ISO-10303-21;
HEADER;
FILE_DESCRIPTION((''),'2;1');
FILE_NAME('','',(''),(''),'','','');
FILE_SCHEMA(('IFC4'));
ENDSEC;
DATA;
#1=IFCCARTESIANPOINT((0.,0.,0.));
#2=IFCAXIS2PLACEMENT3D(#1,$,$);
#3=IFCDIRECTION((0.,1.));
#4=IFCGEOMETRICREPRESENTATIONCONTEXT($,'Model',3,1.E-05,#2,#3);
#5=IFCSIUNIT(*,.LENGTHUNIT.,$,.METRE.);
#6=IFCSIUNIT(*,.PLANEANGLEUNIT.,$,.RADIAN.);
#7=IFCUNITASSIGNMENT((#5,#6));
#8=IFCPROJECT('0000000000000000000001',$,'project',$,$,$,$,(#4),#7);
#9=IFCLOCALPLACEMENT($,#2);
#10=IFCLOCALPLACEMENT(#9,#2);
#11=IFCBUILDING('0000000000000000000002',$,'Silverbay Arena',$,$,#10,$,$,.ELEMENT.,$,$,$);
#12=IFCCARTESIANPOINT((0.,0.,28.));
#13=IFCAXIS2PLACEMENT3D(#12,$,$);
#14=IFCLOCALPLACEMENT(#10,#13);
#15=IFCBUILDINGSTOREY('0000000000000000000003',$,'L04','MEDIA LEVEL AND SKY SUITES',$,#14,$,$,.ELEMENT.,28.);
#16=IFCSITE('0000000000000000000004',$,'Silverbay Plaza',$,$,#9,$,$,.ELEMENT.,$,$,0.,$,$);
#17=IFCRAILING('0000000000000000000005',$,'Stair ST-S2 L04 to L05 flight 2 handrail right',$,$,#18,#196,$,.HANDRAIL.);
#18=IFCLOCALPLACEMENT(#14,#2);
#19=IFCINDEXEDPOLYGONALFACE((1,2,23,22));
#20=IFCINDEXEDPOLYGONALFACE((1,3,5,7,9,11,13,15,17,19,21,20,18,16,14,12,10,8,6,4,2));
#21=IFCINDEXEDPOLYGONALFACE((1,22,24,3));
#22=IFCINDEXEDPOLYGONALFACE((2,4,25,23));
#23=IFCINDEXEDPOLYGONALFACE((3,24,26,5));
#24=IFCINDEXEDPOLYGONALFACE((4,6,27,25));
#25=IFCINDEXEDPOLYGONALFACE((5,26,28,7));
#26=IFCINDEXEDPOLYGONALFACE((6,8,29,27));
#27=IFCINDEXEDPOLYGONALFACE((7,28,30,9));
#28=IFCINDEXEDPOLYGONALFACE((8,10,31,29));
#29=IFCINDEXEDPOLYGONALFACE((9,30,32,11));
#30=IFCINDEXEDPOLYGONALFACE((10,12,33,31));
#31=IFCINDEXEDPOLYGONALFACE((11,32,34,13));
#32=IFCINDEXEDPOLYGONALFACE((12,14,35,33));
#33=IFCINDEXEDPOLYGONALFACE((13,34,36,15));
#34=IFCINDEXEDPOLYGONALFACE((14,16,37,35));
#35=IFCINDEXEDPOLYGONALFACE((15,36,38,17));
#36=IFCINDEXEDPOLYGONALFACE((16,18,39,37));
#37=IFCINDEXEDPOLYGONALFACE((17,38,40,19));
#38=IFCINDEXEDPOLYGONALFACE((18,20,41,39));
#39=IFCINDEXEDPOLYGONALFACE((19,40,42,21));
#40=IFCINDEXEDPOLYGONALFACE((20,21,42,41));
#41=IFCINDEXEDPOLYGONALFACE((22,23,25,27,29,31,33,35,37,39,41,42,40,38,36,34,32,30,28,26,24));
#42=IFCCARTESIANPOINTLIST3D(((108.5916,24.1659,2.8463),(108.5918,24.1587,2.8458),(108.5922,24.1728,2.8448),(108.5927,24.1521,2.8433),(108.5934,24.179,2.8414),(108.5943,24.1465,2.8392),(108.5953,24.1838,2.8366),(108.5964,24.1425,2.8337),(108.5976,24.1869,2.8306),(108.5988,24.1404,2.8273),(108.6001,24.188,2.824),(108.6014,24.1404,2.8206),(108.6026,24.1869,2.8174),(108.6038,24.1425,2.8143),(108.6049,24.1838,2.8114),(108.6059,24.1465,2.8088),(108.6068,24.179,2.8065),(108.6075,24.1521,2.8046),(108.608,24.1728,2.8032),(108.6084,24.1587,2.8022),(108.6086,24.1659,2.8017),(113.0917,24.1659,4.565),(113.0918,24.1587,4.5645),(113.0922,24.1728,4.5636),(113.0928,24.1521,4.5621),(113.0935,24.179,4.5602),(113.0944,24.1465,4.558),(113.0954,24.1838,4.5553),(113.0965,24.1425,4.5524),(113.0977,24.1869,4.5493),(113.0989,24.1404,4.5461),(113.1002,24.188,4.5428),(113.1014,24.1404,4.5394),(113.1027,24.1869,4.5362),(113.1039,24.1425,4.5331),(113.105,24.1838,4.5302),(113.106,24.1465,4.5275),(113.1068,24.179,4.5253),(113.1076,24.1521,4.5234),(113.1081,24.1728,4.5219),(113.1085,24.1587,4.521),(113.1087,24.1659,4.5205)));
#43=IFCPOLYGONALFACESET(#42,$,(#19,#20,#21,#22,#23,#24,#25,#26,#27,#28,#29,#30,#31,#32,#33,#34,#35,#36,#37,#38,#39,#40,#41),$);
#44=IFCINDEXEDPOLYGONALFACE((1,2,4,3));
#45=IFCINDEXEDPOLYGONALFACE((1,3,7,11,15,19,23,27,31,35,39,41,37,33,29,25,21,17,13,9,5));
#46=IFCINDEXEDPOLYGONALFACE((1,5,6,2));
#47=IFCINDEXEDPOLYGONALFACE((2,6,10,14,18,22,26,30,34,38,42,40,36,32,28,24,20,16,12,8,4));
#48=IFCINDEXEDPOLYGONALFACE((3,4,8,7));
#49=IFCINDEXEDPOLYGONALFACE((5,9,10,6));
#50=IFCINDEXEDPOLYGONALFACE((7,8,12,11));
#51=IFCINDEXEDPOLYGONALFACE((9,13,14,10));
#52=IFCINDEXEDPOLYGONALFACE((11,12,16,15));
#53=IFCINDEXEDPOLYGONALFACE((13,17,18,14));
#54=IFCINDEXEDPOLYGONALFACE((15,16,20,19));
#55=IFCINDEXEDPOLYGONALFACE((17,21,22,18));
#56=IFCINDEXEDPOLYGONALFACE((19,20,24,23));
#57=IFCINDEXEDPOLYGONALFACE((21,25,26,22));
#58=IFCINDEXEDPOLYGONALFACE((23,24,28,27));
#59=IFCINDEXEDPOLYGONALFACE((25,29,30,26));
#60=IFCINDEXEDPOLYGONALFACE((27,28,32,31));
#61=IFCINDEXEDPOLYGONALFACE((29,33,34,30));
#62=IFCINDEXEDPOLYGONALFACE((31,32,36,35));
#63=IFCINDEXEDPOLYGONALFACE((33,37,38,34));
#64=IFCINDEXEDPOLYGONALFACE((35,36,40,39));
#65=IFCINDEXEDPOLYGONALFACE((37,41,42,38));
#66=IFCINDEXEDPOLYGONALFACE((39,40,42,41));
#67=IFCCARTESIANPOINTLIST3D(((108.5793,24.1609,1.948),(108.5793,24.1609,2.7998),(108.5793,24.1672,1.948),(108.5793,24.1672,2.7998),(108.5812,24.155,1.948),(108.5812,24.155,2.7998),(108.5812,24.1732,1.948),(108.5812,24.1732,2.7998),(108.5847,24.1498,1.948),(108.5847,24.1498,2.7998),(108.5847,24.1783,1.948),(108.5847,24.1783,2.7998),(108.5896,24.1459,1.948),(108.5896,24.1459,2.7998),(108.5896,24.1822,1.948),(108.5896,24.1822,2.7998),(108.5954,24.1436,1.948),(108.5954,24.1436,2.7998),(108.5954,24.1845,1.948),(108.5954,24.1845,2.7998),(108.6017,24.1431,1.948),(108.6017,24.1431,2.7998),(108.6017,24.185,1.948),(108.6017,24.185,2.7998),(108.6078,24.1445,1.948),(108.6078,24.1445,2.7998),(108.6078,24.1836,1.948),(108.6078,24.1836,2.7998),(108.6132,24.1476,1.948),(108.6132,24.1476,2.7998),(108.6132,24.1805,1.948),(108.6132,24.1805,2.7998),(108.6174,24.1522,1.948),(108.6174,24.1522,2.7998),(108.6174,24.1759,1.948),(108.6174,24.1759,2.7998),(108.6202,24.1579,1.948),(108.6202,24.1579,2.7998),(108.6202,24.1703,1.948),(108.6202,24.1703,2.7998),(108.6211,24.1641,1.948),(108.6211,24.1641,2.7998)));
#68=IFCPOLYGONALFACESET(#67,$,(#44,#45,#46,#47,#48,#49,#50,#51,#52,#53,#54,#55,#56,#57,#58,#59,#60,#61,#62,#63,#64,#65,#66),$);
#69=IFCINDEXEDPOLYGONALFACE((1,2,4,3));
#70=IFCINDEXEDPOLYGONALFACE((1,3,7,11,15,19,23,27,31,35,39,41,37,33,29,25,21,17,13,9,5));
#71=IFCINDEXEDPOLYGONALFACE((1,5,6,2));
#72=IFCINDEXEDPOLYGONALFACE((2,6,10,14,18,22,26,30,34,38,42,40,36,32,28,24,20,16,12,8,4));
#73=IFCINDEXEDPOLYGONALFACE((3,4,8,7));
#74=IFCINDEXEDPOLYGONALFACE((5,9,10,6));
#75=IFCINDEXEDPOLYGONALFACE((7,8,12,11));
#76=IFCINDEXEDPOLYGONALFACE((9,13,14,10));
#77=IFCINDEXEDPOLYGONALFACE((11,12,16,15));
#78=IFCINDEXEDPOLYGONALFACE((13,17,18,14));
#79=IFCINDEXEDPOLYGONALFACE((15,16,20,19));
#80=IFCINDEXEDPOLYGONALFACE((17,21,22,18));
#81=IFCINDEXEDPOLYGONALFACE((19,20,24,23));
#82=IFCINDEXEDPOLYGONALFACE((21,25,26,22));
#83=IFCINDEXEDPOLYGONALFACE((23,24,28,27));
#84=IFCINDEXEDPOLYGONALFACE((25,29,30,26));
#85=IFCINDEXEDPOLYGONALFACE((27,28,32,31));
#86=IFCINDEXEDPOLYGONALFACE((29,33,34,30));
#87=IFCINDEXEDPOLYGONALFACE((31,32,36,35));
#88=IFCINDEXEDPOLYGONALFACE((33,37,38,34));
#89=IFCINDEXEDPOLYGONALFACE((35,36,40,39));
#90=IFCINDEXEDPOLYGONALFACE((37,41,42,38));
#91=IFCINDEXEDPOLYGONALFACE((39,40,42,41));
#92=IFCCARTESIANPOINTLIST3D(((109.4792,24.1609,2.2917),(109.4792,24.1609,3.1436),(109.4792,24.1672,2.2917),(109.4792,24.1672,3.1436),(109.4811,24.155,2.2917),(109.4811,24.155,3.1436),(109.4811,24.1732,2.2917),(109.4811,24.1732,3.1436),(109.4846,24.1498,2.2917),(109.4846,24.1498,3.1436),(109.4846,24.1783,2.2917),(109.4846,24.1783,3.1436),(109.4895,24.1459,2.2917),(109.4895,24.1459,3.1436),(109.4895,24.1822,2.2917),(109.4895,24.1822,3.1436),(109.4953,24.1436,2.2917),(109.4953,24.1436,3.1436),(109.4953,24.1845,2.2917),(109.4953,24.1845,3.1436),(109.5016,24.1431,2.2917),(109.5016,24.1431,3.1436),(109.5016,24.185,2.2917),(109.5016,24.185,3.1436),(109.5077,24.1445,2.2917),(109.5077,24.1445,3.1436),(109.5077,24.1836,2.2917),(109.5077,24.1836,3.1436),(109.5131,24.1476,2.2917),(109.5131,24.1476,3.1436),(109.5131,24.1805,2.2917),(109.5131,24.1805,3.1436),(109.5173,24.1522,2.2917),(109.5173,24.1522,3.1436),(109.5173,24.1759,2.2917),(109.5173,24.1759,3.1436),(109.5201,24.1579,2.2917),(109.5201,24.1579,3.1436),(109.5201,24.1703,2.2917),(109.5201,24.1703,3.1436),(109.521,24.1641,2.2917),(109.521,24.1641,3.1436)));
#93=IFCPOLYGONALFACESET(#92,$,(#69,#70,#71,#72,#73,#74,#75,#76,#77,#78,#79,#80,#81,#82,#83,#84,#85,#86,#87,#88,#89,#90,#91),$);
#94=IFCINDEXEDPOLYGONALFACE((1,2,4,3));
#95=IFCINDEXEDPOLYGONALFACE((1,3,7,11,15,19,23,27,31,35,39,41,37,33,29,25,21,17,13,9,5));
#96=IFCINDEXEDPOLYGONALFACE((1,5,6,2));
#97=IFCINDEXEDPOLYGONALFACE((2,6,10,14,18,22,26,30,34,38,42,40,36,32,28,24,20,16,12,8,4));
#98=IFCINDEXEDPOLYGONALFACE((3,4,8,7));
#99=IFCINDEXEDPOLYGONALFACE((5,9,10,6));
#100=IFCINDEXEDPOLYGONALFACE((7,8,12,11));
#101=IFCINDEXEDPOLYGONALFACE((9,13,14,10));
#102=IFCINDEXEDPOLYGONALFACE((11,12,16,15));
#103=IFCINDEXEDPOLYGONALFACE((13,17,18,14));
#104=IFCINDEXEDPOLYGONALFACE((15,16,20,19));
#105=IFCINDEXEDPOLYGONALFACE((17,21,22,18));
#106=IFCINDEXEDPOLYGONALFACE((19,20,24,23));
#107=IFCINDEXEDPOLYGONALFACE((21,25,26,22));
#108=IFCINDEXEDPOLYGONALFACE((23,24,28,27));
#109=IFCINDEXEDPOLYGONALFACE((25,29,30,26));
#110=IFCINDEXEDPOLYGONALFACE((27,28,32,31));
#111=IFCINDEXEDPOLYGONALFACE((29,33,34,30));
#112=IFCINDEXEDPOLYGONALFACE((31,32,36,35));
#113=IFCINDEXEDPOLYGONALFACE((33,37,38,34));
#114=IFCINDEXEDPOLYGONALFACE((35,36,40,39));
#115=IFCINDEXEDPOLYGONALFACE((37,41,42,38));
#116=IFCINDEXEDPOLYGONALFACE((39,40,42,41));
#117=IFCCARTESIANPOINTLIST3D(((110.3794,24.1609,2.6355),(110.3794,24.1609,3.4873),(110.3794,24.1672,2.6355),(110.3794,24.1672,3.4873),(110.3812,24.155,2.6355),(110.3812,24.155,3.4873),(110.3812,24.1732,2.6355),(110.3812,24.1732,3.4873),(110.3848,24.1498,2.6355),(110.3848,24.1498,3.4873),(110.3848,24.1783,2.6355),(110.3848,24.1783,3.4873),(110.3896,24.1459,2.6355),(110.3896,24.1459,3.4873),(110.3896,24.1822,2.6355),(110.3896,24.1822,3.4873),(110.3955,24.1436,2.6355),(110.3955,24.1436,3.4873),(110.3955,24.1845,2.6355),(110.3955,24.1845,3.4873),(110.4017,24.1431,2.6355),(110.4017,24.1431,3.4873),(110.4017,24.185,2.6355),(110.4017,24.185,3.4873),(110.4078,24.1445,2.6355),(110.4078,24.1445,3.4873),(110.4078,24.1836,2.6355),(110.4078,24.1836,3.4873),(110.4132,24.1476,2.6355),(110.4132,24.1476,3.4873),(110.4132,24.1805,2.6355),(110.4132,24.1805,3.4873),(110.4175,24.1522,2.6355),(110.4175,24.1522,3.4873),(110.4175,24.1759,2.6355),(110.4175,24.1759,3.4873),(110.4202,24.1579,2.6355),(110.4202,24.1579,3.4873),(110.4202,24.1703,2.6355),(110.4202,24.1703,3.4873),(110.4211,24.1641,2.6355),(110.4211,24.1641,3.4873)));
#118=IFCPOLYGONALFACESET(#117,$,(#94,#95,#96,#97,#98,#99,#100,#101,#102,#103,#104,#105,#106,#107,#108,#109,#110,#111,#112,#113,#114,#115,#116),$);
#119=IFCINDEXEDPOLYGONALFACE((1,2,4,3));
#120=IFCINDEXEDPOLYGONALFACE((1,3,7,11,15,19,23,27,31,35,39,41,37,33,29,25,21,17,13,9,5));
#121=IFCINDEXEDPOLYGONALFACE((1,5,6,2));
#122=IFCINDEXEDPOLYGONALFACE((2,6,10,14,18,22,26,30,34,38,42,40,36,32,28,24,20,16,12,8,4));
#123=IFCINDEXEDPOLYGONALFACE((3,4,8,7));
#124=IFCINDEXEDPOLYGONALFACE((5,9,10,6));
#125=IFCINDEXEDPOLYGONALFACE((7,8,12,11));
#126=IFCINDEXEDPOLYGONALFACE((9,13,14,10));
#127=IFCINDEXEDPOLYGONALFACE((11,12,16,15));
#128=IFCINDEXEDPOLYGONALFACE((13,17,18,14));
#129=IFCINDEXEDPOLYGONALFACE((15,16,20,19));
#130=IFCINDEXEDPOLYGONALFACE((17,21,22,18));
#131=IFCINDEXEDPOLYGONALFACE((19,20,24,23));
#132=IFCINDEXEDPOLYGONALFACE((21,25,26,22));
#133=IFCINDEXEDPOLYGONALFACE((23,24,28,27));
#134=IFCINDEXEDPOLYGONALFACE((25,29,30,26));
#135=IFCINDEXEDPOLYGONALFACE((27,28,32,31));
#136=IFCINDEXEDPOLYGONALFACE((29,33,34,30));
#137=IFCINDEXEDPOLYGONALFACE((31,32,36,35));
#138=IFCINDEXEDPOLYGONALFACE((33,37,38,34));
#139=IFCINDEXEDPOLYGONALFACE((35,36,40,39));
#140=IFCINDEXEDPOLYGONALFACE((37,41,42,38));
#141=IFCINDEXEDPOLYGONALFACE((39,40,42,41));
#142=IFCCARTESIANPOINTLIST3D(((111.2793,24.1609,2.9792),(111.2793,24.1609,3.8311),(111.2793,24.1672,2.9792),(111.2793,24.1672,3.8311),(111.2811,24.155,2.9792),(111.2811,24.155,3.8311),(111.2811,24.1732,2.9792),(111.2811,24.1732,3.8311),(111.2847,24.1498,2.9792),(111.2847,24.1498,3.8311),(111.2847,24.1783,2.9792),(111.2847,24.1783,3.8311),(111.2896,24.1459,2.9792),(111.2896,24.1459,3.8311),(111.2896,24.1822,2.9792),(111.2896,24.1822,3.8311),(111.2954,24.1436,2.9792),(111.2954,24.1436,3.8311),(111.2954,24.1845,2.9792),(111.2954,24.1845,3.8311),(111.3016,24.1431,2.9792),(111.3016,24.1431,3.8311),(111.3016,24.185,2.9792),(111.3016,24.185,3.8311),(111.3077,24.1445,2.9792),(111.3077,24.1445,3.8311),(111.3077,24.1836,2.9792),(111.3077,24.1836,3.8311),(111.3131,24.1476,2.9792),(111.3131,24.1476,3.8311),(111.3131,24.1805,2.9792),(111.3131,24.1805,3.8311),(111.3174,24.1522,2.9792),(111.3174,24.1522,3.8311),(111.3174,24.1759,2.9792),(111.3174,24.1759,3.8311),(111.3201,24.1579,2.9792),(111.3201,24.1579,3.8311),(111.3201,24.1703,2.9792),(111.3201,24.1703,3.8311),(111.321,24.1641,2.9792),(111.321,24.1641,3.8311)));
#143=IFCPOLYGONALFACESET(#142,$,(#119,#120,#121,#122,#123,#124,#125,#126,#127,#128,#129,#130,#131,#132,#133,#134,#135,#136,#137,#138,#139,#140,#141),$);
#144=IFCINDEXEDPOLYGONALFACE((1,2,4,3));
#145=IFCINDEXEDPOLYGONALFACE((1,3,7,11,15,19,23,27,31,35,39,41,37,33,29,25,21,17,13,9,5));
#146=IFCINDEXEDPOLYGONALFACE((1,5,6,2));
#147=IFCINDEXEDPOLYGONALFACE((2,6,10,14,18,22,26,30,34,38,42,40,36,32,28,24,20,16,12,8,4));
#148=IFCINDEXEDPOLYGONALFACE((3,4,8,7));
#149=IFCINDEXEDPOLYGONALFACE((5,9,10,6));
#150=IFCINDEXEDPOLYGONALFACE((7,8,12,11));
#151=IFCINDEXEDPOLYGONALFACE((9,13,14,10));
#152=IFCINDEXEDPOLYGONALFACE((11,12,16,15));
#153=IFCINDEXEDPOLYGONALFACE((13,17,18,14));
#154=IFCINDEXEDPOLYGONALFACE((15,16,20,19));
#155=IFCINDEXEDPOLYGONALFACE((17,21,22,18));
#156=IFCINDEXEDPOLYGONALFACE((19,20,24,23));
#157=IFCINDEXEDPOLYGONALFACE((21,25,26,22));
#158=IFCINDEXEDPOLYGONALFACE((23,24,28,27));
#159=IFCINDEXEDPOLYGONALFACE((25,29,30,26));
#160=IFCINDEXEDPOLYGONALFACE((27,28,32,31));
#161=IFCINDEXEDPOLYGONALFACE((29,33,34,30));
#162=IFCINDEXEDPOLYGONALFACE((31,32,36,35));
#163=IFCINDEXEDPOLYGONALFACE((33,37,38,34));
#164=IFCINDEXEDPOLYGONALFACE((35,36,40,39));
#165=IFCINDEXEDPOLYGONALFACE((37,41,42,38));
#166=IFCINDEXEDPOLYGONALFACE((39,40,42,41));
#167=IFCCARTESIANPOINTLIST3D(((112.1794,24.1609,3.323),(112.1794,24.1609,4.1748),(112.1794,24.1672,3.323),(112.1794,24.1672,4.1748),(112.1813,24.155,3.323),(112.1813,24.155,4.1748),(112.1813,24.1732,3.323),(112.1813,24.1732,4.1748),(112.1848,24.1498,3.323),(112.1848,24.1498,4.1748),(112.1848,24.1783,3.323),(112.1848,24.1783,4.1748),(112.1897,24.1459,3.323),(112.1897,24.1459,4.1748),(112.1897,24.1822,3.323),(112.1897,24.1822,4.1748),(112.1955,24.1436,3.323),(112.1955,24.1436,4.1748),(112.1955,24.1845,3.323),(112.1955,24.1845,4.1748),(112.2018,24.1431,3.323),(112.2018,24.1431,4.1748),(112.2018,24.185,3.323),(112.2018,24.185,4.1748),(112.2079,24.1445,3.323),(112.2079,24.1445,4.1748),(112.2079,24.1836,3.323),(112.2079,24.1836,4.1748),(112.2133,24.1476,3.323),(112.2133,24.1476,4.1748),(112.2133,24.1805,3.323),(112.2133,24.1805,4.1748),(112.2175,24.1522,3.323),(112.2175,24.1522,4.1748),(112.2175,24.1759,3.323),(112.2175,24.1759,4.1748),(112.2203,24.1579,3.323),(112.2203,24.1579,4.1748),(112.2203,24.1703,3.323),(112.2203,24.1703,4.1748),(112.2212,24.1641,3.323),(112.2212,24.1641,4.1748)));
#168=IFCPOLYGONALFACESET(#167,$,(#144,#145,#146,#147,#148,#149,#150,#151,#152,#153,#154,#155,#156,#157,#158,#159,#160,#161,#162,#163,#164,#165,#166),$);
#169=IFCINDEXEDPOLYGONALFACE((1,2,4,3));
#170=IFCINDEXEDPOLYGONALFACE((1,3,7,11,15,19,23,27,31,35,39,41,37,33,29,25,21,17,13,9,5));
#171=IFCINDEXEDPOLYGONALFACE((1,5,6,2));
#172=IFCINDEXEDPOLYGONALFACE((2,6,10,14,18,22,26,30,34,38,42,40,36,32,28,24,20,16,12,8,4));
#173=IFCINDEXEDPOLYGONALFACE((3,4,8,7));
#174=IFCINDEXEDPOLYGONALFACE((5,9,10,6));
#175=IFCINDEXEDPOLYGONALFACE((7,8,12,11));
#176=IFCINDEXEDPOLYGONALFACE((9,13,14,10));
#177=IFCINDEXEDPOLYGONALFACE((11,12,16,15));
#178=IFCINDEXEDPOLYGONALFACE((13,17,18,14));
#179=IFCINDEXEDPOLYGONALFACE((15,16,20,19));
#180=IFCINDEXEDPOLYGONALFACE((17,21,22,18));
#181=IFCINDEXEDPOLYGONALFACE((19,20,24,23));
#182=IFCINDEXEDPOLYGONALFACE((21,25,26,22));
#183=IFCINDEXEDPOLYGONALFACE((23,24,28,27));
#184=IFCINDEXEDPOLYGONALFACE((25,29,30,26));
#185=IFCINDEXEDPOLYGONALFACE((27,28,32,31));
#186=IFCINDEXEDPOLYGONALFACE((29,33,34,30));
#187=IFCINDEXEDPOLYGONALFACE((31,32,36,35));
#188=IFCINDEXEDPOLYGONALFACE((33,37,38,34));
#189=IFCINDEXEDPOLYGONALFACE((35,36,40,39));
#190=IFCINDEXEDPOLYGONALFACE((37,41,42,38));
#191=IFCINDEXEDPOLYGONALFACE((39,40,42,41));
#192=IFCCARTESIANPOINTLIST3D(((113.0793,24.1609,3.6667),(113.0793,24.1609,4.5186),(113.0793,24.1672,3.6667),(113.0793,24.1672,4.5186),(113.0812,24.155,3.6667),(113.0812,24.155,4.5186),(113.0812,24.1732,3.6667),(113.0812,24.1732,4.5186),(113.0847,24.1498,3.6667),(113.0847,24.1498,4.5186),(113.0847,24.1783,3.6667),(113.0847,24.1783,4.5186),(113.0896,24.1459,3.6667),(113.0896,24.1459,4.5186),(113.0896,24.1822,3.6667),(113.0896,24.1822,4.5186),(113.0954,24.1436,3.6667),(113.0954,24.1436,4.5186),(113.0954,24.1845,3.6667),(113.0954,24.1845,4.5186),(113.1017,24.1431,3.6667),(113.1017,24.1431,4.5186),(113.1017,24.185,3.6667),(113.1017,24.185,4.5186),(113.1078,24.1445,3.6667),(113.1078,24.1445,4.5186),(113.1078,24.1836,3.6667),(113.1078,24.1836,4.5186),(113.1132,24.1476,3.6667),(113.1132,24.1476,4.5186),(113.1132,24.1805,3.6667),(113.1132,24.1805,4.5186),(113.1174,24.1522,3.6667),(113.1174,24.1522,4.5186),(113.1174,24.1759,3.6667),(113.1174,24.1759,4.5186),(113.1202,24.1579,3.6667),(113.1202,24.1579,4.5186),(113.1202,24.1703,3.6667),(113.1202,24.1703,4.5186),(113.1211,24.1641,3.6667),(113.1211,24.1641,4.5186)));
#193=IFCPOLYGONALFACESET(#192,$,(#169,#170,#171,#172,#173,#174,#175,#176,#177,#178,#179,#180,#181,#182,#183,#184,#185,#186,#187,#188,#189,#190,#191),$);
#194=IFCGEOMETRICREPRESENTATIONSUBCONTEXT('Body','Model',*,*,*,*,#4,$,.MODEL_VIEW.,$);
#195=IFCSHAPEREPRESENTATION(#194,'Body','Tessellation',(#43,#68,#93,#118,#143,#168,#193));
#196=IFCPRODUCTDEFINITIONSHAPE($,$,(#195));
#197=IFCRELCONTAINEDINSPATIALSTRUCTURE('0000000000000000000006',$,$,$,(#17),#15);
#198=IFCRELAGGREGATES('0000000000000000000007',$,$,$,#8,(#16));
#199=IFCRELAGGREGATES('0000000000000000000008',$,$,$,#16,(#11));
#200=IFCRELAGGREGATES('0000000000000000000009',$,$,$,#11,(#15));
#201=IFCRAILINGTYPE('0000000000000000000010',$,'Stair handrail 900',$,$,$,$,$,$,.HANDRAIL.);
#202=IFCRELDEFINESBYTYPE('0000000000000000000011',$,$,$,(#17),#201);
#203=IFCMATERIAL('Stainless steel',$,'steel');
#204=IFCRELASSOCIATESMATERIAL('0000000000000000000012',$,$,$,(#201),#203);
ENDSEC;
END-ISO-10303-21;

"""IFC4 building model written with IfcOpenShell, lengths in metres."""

from ifc_helpers import new_model, si_unit, direction, frame, origin, origin_2d, place, context, subcontext, project, spatial, circle, extrude, material, type_object, element, save


model = new_model("IFC4")

# Units and contexts
model_context = context("Model", 3, precision=1e-05, world=origin(), true_north=direction((0.0, 1.0)))
body_context = subcontext(model_context, "Body", "Model", "MODEL_VIEW")
ifc_project = project(units=[si_unit("LENGTHUNIT", "METRE"), si_unit("PLANEANGLEUNIT", "RADIAN")], contexts=[model_context])

# Site, building, storey
site_placement = place(None, origin())
site = spatial("IfcSite", under=ifc_project, at=site_placement, Name="Silverbay Plaza", CompositionType="ELEMENT", RefElevation=0.0)
building_placement = place(site_placement, origin())
building = spatial("IfcBuilding", under=site, at=building_placement, Name="Silverbay Arena", CompositionType="ELEMENT")
storey_placement = place(building_placement, frame((0.0, 0.0, 28.0)))
storey = spatial("IfcBuildingStorey", under=building, at=storey_placement, Name="L04", Description="MEDIA LEVEL AND SKY SUITES", CompositionType="ELEMENT", Elevation=28.0)

# Railing
ifc_material_1 = material(Name="Stainless steel", Category="steel")
railing_type_1 = type_object("IfcRailingType", Name="Stair handrail 900", PredefinedType="HANDRAIL", material=ifc_material_1)
for number, where, name in (
    (1, (108.6001, 24.1641, 1.948), "Stair ST-S2 L04 to L05 flight 2 handrail right"),
):
    element("IfcRailing", number, at=place(storey_placement, frame(where)), inside=storey, type_object=railing_type_1, Name=name, PredefinedType="HANDRAIL", context=body_context, shape_type="SweptSolid", body=[
        extrude(circle(Radius=0.0239, at=origin_2d()), frame((0.0, 0.0, 0.876), z_axis=(0.934179, 0.0, 0.356805), x_axis=(0.0, 1.0, 0.0)), (0.0, 0.0, 1.0), 4.8171),
        extrude(circle(Radius=0.021, at=origin_2d()), origin(), (0.0, 0.0, 1.0), 0.8518),
        extrude(circle(Radius=0.021, at=origin_2d()), frame((0.8999, 0.0, 0.3438)), (0.0, 0.0, 1.0), 0.8518),
        extrude(circle(Radius=0.021, at=origin_2d()), frame((1.8, 0.0, 0.6875)), (0.0, 0.0, 1.0), 0.8518),
        extrude(circle(Radius=0.021, at=origin_2d()), frame((2.7, 0.0, 1.0312)), (0.0, 0.0, 1.0), 0.8518),
        extrude(circle(Radius=0.021, at=origin_2d()), frame((3.6001, 0.0, 1.375)), (0.0, 0.0, 1.0), 0.8518),
        extrude(circle(Radius=0.021, at=origin_2d()), frame((4.5, 0.0, 1.7188)), (0.0, 0.0, 1.0), 0.8518),
    ])

save(model, "model.ifc")
